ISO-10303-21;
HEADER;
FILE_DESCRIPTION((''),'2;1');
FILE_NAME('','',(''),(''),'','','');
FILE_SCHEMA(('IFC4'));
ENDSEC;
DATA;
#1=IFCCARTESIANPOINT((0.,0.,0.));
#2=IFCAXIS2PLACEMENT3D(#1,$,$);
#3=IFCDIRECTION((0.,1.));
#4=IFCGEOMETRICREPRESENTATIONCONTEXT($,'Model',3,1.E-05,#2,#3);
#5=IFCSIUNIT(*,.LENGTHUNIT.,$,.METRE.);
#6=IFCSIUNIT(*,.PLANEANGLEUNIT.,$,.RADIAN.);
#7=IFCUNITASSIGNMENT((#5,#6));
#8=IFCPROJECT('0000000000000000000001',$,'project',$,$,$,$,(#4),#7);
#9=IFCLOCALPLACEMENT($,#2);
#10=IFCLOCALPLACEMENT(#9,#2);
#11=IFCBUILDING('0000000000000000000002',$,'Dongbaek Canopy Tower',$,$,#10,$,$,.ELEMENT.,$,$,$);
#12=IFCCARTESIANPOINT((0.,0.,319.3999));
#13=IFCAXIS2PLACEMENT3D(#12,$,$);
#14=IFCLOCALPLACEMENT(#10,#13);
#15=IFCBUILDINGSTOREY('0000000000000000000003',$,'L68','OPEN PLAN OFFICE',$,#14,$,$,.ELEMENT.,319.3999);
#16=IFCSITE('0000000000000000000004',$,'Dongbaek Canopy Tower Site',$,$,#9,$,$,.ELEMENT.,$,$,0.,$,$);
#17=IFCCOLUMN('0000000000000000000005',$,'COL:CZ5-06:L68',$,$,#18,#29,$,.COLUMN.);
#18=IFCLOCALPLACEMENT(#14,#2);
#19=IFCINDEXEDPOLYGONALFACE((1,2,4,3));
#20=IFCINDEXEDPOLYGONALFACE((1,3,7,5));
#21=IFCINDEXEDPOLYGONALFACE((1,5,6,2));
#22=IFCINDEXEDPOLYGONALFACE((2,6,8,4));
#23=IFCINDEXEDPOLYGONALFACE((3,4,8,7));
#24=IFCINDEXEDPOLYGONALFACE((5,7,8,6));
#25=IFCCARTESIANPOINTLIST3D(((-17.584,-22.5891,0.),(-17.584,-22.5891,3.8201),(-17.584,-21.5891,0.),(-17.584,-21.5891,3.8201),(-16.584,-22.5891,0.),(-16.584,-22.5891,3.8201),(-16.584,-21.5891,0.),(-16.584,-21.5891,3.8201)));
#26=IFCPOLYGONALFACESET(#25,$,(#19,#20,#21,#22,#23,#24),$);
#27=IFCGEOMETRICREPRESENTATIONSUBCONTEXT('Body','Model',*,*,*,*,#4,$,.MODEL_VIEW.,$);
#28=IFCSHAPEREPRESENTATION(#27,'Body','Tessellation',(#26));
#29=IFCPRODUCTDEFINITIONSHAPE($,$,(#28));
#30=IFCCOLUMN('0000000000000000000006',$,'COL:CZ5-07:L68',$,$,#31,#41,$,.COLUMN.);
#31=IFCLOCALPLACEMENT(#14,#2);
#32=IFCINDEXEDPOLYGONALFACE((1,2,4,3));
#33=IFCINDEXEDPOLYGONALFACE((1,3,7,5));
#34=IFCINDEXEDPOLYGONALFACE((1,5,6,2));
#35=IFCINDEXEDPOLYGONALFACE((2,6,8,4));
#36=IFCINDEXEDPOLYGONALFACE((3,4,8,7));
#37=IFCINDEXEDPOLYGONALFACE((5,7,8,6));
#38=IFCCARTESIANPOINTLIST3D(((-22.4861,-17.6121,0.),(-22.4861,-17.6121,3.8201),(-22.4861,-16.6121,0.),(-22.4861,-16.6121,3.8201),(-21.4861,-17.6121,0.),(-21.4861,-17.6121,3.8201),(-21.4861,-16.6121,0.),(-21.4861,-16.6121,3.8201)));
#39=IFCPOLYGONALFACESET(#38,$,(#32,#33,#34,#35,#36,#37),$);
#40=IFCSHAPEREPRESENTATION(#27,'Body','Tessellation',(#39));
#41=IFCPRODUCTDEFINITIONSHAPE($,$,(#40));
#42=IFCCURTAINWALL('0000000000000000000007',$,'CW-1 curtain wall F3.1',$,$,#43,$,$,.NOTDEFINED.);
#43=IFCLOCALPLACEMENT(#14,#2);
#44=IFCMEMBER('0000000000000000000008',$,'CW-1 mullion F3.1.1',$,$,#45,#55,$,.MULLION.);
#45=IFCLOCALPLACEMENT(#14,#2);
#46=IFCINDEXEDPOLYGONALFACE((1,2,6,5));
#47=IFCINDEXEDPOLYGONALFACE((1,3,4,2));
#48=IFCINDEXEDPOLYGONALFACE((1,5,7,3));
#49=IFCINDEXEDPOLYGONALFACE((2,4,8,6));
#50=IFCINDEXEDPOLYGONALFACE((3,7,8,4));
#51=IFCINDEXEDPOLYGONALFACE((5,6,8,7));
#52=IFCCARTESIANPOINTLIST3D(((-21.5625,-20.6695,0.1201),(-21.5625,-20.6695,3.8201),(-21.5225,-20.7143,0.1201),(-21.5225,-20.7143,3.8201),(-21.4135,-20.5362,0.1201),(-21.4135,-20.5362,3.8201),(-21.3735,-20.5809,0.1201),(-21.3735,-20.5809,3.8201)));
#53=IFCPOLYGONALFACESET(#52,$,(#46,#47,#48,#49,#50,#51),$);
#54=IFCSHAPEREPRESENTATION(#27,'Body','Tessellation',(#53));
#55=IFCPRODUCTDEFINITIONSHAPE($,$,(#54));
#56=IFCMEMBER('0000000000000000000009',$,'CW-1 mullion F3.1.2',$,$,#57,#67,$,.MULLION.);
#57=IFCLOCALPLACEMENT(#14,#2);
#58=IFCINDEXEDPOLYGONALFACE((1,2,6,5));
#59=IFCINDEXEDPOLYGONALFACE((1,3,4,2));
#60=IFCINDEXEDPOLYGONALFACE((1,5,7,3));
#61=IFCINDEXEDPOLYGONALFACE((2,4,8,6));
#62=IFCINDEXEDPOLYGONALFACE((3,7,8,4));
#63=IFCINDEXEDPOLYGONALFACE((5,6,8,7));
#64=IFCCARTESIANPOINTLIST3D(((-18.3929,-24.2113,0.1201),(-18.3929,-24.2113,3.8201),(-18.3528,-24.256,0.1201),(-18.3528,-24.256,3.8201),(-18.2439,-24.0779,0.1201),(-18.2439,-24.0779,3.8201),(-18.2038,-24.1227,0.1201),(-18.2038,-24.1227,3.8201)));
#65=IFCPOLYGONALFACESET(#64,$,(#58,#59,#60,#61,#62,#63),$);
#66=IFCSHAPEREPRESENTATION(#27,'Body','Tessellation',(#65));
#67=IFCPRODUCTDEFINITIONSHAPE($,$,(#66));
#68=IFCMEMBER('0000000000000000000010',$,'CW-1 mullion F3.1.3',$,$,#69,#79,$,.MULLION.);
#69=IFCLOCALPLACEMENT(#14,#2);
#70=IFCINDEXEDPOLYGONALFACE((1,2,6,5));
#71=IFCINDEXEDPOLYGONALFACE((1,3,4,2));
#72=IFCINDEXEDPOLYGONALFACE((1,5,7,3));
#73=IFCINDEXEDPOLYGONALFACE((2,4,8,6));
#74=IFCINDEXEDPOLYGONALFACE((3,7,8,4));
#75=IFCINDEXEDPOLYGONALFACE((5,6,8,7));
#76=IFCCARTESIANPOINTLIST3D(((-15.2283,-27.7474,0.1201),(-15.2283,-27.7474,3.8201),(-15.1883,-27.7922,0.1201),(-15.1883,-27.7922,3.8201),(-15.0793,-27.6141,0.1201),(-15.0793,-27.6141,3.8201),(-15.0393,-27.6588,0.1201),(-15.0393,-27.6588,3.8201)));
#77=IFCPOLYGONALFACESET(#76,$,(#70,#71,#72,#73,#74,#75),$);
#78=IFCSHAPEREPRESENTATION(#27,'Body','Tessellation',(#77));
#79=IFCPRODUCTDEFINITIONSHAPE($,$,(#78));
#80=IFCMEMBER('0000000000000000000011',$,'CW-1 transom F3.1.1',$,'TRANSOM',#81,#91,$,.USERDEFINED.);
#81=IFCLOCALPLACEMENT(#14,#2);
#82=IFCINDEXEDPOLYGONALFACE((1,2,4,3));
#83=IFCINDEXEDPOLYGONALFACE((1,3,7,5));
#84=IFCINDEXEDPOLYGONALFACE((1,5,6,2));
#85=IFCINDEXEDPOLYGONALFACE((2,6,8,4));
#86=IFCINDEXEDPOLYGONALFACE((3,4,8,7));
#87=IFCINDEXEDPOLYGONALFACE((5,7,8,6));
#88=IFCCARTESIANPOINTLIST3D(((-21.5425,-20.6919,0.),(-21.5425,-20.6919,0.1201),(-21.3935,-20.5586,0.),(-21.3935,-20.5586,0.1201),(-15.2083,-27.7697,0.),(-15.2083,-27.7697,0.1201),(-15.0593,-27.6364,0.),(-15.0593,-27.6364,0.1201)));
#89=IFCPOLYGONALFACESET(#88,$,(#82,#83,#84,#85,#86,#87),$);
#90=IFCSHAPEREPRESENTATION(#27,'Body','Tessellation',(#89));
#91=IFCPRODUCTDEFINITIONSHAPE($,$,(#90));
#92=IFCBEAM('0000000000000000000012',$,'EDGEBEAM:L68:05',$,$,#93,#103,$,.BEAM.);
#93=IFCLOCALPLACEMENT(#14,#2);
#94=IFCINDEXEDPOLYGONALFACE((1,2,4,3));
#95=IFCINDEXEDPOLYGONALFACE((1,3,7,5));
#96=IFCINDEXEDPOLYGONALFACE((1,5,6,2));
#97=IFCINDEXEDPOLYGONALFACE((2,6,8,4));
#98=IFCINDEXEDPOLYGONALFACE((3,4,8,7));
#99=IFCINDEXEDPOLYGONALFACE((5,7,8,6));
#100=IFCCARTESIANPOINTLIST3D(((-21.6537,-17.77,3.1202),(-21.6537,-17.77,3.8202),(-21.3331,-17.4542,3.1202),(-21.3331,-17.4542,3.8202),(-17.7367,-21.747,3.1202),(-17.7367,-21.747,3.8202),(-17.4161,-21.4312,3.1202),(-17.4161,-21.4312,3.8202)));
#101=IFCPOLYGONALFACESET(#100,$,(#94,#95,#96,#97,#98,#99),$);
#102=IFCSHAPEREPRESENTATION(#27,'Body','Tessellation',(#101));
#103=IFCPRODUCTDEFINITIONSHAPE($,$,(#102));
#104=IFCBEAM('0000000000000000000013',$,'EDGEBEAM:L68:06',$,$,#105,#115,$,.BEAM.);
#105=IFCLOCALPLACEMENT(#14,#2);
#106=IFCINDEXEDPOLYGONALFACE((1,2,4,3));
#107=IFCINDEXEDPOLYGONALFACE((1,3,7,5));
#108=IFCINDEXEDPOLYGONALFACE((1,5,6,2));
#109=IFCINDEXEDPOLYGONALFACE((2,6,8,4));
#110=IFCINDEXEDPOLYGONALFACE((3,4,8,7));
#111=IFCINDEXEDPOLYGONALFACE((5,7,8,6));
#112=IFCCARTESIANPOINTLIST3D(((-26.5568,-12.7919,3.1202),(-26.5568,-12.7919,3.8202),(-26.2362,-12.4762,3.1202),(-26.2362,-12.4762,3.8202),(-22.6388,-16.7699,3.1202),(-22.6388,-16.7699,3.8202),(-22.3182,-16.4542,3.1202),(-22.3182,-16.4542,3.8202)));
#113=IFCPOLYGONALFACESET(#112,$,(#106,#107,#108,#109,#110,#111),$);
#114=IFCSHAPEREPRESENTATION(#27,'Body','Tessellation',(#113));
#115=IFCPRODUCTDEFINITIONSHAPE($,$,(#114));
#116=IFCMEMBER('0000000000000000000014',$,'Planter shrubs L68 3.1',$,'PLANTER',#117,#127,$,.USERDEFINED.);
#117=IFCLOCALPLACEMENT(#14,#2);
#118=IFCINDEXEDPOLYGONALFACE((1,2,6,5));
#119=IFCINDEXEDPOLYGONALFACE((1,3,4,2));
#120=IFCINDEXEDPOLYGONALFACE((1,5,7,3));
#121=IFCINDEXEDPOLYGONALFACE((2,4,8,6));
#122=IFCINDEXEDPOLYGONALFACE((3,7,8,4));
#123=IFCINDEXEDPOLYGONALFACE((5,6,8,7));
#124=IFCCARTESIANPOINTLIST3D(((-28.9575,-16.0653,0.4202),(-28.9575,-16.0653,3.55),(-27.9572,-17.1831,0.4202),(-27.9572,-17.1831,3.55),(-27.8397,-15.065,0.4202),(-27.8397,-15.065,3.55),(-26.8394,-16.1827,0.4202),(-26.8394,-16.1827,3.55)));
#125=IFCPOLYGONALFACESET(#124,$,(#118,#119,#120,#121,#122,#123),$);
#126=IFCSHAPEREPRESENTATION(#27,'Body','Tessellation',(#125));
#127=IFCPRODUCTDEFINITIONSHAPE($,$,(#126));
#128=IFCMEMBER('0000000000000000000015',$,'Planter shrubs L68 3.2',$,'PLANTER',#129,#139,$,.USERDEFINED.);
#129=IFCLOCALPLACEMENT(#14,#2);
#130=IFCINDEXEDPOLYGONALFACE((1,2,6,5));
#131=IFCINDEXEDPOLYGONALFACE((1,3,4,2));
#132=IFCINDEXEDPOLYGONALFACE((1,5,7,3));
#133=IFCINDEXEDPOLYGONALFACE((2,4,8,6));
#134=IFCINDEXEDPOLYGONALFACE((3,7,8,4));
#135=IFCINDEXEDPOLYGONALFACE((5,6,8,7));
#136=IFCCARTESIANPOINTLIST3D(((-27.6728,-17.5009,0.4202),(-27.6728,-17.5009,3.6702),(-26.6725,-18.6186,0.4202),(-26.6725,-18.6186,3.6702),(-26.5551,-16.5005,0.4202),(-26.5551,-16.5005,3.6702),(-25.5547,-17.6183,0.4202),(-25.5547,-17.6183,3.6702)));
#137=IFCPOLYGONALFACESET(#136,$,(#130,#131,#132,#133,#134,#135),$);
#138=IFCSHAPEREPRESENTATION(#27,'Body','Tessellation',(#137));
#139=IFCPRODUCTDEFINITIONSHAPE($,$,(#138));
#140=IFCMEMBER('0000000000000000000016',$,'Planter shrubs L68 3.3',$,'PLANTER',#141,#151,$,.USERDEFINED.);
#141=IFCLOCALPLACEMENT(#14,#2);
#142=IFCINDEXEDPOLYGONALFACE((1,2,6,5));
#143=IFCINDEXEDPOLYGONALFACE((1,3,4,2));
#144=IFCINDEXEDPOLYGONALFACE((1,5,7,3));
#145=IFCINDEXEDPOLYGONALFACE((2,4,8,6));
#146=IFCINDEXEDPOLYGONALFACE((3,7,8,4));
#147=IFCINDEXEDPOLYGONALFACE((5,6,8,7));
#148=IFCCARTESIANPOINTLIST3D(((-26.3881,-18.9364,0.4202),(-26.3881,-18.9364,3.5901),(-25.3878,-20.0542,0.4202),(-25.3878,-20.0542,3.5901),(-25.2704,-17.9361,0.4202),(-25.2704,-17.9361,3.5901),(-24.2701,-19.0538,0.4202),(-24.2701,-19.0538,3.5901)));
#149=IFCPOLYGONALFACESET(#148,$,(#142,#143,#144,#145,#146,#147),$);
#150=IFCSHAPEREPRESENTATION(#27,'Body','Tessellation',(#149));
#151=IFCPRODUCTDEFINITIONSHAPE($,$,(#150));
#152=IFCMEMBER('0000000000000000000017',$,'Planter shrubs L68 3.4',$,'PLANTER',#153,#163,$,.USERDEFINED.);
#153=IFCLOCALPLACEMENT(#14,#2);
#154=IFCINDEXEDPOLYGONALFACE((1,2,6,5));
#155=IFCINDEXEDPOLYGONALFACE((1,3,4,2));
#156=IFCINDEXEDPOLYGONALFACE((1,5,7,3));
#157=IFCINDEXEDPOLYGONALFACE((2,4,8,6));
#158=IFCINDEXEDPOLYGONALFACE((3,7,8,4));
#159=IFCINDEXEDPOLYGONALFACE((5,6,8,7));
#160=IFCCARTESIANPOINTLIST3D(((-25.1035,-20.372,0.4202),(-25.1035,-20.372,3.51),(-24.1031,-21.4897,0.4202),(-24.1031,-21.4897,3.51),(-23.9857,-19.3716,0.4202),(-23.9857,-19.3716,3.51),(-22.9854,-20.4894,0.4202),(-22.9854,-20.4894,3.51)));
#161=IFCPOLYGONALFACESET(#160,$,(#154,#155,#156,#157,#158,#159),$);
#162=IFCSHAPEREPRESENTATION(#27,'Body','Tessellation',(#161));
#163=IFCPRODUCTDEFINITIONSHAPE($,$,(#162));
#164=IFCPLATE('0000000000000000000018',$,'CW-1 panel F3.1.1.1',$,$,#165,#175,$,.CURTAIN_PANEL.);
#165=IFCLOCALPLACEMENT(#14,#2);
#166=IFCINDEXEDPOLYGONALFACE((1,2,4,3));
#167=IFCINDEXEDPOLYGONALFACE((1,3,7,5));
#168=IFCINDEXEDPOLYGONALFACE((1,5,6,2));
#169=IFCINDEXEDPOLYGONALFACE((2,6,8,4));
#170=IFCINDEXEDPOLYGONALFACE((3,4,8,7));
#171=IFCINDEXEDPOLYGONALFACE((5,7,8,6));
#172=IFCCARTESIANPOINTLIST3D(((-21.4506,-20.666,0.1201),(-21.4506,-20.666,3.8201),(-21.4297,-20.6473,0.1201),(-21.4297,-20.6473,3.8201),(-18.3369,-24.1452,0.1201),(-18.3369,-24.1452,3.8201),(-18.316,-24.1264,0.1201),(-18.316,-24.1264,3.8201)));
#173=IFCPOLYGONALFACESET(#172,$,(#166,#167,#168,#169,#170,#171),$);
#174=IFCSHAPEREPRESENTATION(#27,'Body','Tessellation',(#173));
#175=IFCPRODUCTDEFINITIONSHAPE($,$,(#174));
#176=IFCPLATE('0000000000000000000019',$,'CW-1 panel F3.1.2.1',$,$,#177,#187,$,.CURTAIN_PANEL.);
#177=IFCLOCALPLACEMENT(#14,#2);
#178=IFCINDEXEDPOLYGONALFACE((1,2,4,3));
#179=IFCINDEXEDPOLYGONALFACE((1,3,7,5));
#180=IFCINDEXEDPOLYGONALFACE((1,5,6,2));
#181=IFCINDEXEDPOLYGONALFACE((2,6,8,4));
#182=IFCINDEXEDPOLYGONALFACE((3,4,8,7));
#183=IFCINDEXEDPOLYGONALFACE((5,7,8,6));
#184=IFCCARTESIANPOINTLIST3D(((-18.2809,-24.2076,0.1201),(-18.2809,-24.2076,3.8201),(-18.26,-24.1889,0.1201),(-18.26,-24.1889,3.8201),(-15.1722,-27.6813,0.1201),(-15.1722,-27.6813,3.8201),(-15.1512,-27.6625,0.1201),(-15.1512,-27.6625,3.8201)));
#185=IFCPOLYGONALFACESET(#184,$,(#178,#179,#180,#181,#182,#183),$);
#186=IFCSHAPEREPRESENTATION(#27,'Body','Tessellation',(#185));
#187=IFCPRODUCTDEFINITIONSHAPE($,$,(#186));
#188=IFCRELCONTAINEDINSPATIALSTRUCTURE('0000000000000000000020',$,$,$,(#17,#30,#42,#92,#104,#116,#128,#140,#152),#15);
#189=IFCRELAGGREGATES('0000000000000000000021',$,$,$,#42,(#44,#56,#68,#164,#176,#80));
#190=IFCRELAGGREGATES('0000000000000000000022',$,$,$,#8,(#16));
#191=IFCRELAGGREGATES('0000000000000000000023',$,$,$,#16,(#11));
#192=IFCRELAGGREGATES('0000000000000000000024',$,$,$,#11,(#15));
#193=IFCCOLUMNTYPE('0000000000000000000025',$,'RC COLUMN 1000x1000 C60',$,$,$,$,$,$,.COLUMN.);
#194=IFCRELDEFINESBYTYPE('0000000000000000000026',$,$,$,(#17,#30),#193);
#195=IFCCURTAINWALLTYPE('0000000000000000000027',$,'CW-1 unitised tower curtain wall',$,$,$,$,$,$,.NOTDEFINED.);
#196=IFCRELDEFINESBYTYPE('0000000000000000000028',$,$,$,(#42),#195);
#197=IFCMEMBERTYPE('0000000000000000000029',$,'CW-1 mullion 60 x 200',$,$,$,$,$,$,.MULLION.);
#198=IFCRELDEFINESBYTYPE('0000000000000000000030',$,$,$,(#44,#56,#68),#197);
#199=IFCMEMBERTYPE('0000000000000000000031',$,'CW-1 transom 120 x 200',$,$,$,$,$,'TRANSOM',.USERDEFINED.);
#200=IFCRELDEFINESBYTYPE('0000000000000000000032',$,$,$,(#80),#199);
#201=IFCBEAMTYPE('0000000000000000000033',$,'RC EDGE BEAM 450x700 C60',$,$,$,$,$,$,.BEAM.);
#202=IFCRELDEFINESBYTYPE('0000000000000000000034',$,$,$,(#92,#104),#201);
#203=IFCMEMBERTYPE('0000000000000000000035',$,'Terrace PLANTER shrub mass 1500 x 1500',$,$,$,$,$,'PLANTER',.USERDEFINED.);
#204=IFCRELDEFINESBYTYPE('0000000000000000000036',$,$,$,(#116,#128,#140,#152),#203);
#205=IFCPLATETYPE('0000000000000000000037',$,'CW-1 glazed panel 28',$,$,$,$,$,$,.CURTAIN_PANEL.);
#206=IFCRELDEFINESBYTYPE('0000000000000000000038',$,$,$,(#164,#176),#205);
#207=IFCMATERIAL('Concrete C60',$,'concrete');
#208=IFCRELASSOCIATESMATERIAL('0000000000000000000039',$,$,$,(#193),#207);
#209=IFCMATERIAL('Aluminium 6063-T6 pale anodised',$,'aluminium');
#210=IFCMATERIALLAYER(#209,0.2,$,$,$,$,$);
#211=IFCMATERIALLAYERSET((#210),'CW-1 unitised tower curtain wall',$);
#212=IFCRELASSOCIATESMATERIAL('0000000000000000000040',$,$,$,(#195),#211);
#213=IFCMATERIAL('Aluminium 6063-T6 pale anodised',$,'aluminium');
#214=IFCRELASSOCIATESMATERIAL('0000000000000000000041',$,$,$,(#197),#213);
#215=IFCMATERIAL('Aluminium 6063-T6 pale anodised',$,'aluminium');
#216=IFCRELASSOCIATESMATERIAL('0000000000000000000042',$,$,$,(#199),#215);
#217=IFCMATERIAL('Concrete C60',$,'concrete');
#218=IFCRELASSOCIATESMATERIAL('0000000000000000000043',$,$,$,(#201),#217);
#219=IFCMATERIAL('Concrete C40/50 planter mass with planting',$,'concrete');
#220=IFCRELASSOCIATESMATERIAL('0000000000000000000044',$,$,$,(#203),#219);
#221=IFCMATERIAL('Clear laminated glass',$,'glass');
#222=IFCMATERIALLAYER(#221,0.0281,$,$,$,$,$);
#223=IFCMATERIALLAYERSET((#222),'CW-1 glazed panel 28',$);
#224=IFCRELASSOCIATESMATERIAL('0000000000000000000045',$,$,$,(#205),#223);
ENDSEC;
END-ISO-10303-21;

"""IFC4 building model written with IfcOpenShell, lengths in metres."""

from ifc_helpers import new_model, si_unit, direction, frame, origin, origin_2d, place, context, subcontext, project, spatial, rectangle, extrude, material, layer, layer_set, material_profile, profile_set, type_object, element, aggregate, save


model = new_model("IFC4")

# Units and contexts
model_context = context("Model", 3, precision=1e-05, world=origin(), true_north=direction((0.0, 1.0)))
body_context = subcontext(model_context, "Body", "Model", "MODEL_VIEW")
ifc_project = project(units=[si_unit("LENGTHUNIT", "METRE"), si_unit("PLANEANGLEUNIT", "RADIAN")], contexts=[model_context])

# Site, building, storey
site_placement = place(None, origin())
site = spatial("IfcSite", under=ifc_project, at=site_placement, Name="Dongbaek Canopy Tower Site", CompositionType="ELEMENT", RefElevation=0.0)
building_placement = place(site_placement, origin())
building = spatial("IfcBuilding", under=site, at=building_placement, Name="Dongbaek Canopy Tower", CompositionType="ELEMENT")
storey_placement = place(building_placement, frame((0.0, 0.0, 319.3999)))
storey = spatial("IfcBuildingStorey", under=building, at=storey_placement, Name="L68", Description="OPEN PLAN OFFICE", CompositionType="ELEMENT", Elevation=319.3999)

# Columns
ifc_material_1 = material(Name="Concrete C60", Category="concrete")
ifc_material_profile_1 = material_profile(ifc_material_1, rectangle(XDim=1.0, YDim=1.0, at=origin_2d()), Name="RC COLUMN 1000x1000 C60")
ifc_profile_set_1 = profile_set([ifc_material_profile_1], Name="Concrete C60")
column_type = type_object("IfcColumnType", Name="RC COLUMN 1000x1000 C60", PredefinedType="COLUMN", material=ifc_profile_set_1)
for number, where, z_axis, x_axis, name in (
    (1, (-17.084, -22.0891, 0.0), (0.0, 0.0, 1.0), (1.0, 0.0, 0.0), "COL:CZ5-06:L68"),
    (2, (-21.9861, -17.1121, 0.0), (0.0, 0.0, 1.0), (1.0, 0.0, 0.0), "COL:CZ5-07:L68"),
):
    element("IfcColumn", number, at=place(storey_placement, frame(where, z_axis=z_axis, x_axis=x_axis)), inside=storey, type_object=column_type, Name=name, PredefinedType="COLUMN", context=body_context, shape_type="SweptSolid", body=[
        extrude(rectangle(XDim=1.0, YDim=1.0, at=origin_2d()), origin(), (0.0, 0.0, 1.0), 3.8201),
    ])

# Curtain wall, members
ifc_material_2 = material(Name="Aluminium 6063-T6 pale anodised", Category="aluminium")
ifc_layer_1 = layer(ifc_material_2, 0.2)
ifc_layer_set_1 = layer_set([ifc_layer_1], Name="CW-1 unitised tower curtain wall")
curtain_wall_type = type_object("IfcCurtainWallType", Name="CW-1 unitised tower curtain wall", PredefinedType="NOTDEFINED", material=ifc_layer_set_1)
curtain_wall_placement = place(storey_placement, origin())
curtain_wall = element("IfcCurtainWall", 3, at=curtain_wall_placement, inside=storey, type_object=curtain_wall_type, Name="CW-1 curtain wall F3.1", PredefinedType="NOTDEFINED")
ifc_material_3 = material(Name="Aluminium 6063-T6 pale anodised", Category="aluminium")
ifc_material_profile_2 = material_profile(ifc_material_3, rectangle(XDim=0.2, YDim=0.0601, at=origin_2d()), Name="CW-1 mullion 60 x 200")
ifc_profile_set_2 = profile_set([ifc_material_profile_2], Name="Aluminium 6063-T6 pale anodised")
member_type_1 = type_object("IfcMemberType", Name="CW-1 mullion 60 x 200", PredefinedType="MULLION", material=ifc_profile_set_2)
member_1_placement = place(storey_placement, frame((-21.468, -20.6252, 0.1201), z_axis=(0.0, 0.0, 1.0), x_axis=(-0.745165, -0.66688, 0.0)))
member_1 = element("IfcMember", 4, at=member_1_placement, type_object=member_type_1, Name="CW-1 mullion F3.1.1", PredefinedType="MULLION", context=body_context, shape_type="SweptSolid", body=[
    extrude(rectangle(XDim=0.2, YDim=0.0601, at=origin_2d()), origin(), (0.0, 0.0, 1.0), 3.7),
])
member_2_placement = place(storey_placement, frame((-18.2983, -24.167, 0.1201), z_axis=(0.0, 0.0, 1.0), x_axis=(-0.745165, -0.66688, 0.0)))
member_2 = element("IfcMember", 5, at=member_2_placement, type_object=member_type_1, Name="CW-1 mullion F3.1.2", PredefinedType="MULLION", context=body_context, shape_type="SweptSolid", body=[
    extrude(rectangle(XDim=0.2, YDim=0.0601, at=origin_2d()), origin(), (0.0, 0.0, 1.0), 3.7),
])
member_3_placement = place(storey_placement, frame((-15.1338, -27.7031, 0.1201), z_axis=(0.0, 0.0, 1.0), x_axis=(-0.745165, -0.66688, 0.0)))
member_3 = element("IfcMember", 6, at=member_3_placement, type_object=member_type_1, Name="CW-1 mullion F3.1.3", PredefinedType="MULLION", context=body_context, shape_type="SweptSolid", body=[
    extrude(rectangle(XDim=0.2, YDim=0.0601, at=origin_2d()), origin(), (0.0, 0.0, 1.0), 3.7),
])
ifc_material_4 = material(Name="Aluminium 6063-T6 pale anodised", Category="aluminium")
ifc_material_profile_3 = material_profile(ifc_material_4, rectangle(XDim=0.2, YDim=0.1201, at=origin_2d()), Name="CW-1 transom 120 x 200")
ifc_profile_set_3 = profile_set([ifc_material_profile_3], Name="Aluminium 6063-T6 pale anodised")
member_type_2 = type_object("IfcMemberType", Name="CW-1 transom 120 x 200", ElementType="TRANSOM", PredefinedType="USERDEFINED", material=ifc_profile_set_3)
member_4_placement = place(storey_placement, frame((-21.468, -20.6252, 0.0601), z_axis=(0.666876, -0.745169, 0.0), x_axis=(0.745169, 0.666876, 0.0)))
member_4 = element("IfcMember", 7, at=member_4_placement, type_object=member_type_2, Name="CW-1 transom F3.1.1", ObjectType="TRANSOM", PredefinedType="USERDEFINED", context=body_context, shape_type="SweptSolid", body=[
    extrude(rectangle(XDim=0.2, YDim=0.1201, at=origin_2d()), origin(), (0.0, 0.0, 1.0), 9.4983),
])

# Beams
ifc_material_5 = material(Name="Concrete C60", Category="concrete")
ifc_material_profile_4 = material_profile(ifc_material_5, rectangle(XDim=0.45, YDim=0.7, at=origin_2d()), Name="RC EDGE BEAM 450x700 C60")
ifc_profile_set_4 = profile_set([ifc_material_profile_4], Name="Concrete C60")
beam_type = type_object("IfcBeamType", Name="RC EDGE BEAM 450x700 C60", PredefinedType="BEAM", material=ifc_profile_set_4)
beam_1_placement = place(storey_placement, frame((-17.5764, -21.5891, 3.4702), z_axis=(-0.701707, 0.712466, 0.0), x_axis=(-0.712466, -0.701707, 0.0)))
element("IfcBeam", 8, at=beam_1_placement, inside=storey, type_object=beam_type, Name="EDGEBEAM:L68:05", PredefinedType="BEAM", context=body_context, shape_type="SweptSolid", body=[
    extrude(rectangle(XDim=0.45, YDim=0.7, at=origin_2d()), origin(), (0.0, 0.0, 1.0), 5.582),
])
beam_2_placement = place(storey_placement, frame((-22.4785, -16.6121, 3.4702), z_axis=(-0.701708, 0.712465, 0.0), x_axis=(-0.712465, -0.701708, 0.0)))
element("IfcBeam", 9, at=beam_2_placement, inside=storey, type_object=beam_type, Name="EDGEBEAM:L68:06", PredefinedType="BEAM", context=body_context, shape_type="SweptSolid", body=[
    extrude(rectangle(XDim=0.45, YDim=0.7, at=origin_2d()), origin(), (0.0, 0.0, 1.0), 5.5835),
])

# Members
ifc_material_6 = material(Name="Concrete C40/50 planter mass with planting", Category="concrete")
ifc_material_profile_5 = material_profile(ifc_material_6, rectangle(XDim=1.5, YDim=1.5, at=origin_2d()), Name="Terrace PLANTER shrub mass 1500 x 1500")
ifc_profile_set_5 = profile_set([ifc_material_profile_5], Name="Concrete C40/50 planter mass with planting")
member_type_3 = type_object("IfcMemberType", Name="Terrace PLANTER shrub mass 1500 x 1500", ElementType="PLANTER", PredefinedType="USERDEFINED", material=ifc_profile_set_5)
member_5_placement = place(storey_placement, frame((-27.8984, -16.124, 0.4202), z_axis=(0.0, 0.0, 1.0), x_axis=(-0.745165, -0.66688, 0.0)))
element("IfcMember", 10, at=member_5_placement, inside=storey, type_object=member_type_3, Name="Planter shrubs L68 3.1", ObjectType="PLANTER", PredefinedType="USERDEFINED", context=body_context, shape_type="SweptSolid", body=[
    extrude(rectangle(XDim=1.5, YDim=1.5, at=origin_2d()), origin(), (0.0, 0.0, 1.0), 3.1299),
])
member_6_placement = place(storey_placement, frame((-26.6138, -17.5596, 0.4202), z_axis=(0.0, 0.0, 1.0), x_axis=(-0.745165, -0.66688, 0.0)))
element("IfcMember", 11, at=member_6_placement, inside=storey, type_object=member_type_3, Name="Planter shrubs L68 3.2", ObjectType="PLANTER", PredefinedType="USERDEFINED", context=body_context, shape_type="SweptSolid", body=[
    extrude(rectangle(XDim=1.5, YDim=1.5, at=origin_2d()), origin(), (0.0, 0.0, 1.0), 3.25),
])
member_7_placement = place(storey_placement, frame((-25.3291, -18.9951, 0.4202), z_axis=(0.0, 0.0, 1.0), x_axis=(-0.745165, -0.66688, 0.0)))
element("IfcMember", 12, at=member_7_placement, inside=storey, type_object=member_type_3, Name="Planter shrubs L68 3.3", ObjectType="PLANTER", PredefinedType="USERDEFINED", context=body_context, shape_type="SweptSolid", body=[
    extrude(rectangle(XDim=1.5, YDim=1.5, at=origin_2d()), origin(), (0.0, 0.0, 1.0), 3.1699),
])
member_8_placement = place(storey_placement, frame((-24.0444, -20.4307, 0.4202), z_axis=(0.0, 0.0, 1.0), x_axis=(-0.745165, -0.66688, 0.0)))
element("IfcMember", 13, at=member_8_placement, inside=storey, type_object=member_type_3, Name="Planter shrubs L68 3.4", ObjectType="PLANTER", PredefinedType="USERDEFINED", context=body_context, shape_type="SweptSolid", body=[
    extrude(rectangle(XDim=1.5, YDim=1.5, at=origin_2d()), origin(), (0.0, 0.0, 1.0), 3.0898),
])

# Plates
ifc_material_7 = material(Name="Clear laminated glass", Category="glass")
ifc_layer_2 = layer(ifc_material_7, 0.0281)
ifc_layer_set_2 = layer_set([ifc_layer_2], Name="CW-1 glazed panel 28")
plate_type = type_object("IfcPlateType", Name="CW-1 glazed panel 28", PredefinedType="CURTAIN_PANEL", material=ifc_layer_set_2)
plate_1_placement = place(storey_placement, frame((-19.8833, -22.3962, 0.1201), z_axis=(0.0, 0.0, 1.0), x_axis=(0.66688, -0.745165, 0.0)))
plate_1 = element("IfcPlate", 14, at=plate_1_placement, type_object=plate_type, Name="CW-1 panel F3.1.1.1", PredefinedType="CURTAIN_PANEL", context=body_context, shape_type="SweptSolid", body=[
    extrude(rectangle(XDim=4.6689, YDim=0.0281, at=origin_2d()), origin(), (0.0, 0.0, 1.0), 3.7),
])
plate_2_placement = place(storey_placement, frame((-16.7161, -25.9351, 0.1201), z_axis=(0.0, 0.0, 1.0), x_axis=(0.66688, -0.745165, 0.0)))
plate_2 = element("IfcPlate", 15, at=plate_2_placement, type_object=plate_type, Name="CW-1 panel F3.1.2.1", PredefinedType="CURTAIN_PANEL", context=body_context, shape_type="SweptSolid", body=[
    extrude(rectangle(XDim=4.6616, YDim=0.0281, at=origin_2d()), origin(), (0.0, 0.0, 1.0), 3.7),
])

aggregate(curtain_wall, [member_1, member_2, member_3, plate_1, plate_2, member_4])

save(model, "model.ifc")
